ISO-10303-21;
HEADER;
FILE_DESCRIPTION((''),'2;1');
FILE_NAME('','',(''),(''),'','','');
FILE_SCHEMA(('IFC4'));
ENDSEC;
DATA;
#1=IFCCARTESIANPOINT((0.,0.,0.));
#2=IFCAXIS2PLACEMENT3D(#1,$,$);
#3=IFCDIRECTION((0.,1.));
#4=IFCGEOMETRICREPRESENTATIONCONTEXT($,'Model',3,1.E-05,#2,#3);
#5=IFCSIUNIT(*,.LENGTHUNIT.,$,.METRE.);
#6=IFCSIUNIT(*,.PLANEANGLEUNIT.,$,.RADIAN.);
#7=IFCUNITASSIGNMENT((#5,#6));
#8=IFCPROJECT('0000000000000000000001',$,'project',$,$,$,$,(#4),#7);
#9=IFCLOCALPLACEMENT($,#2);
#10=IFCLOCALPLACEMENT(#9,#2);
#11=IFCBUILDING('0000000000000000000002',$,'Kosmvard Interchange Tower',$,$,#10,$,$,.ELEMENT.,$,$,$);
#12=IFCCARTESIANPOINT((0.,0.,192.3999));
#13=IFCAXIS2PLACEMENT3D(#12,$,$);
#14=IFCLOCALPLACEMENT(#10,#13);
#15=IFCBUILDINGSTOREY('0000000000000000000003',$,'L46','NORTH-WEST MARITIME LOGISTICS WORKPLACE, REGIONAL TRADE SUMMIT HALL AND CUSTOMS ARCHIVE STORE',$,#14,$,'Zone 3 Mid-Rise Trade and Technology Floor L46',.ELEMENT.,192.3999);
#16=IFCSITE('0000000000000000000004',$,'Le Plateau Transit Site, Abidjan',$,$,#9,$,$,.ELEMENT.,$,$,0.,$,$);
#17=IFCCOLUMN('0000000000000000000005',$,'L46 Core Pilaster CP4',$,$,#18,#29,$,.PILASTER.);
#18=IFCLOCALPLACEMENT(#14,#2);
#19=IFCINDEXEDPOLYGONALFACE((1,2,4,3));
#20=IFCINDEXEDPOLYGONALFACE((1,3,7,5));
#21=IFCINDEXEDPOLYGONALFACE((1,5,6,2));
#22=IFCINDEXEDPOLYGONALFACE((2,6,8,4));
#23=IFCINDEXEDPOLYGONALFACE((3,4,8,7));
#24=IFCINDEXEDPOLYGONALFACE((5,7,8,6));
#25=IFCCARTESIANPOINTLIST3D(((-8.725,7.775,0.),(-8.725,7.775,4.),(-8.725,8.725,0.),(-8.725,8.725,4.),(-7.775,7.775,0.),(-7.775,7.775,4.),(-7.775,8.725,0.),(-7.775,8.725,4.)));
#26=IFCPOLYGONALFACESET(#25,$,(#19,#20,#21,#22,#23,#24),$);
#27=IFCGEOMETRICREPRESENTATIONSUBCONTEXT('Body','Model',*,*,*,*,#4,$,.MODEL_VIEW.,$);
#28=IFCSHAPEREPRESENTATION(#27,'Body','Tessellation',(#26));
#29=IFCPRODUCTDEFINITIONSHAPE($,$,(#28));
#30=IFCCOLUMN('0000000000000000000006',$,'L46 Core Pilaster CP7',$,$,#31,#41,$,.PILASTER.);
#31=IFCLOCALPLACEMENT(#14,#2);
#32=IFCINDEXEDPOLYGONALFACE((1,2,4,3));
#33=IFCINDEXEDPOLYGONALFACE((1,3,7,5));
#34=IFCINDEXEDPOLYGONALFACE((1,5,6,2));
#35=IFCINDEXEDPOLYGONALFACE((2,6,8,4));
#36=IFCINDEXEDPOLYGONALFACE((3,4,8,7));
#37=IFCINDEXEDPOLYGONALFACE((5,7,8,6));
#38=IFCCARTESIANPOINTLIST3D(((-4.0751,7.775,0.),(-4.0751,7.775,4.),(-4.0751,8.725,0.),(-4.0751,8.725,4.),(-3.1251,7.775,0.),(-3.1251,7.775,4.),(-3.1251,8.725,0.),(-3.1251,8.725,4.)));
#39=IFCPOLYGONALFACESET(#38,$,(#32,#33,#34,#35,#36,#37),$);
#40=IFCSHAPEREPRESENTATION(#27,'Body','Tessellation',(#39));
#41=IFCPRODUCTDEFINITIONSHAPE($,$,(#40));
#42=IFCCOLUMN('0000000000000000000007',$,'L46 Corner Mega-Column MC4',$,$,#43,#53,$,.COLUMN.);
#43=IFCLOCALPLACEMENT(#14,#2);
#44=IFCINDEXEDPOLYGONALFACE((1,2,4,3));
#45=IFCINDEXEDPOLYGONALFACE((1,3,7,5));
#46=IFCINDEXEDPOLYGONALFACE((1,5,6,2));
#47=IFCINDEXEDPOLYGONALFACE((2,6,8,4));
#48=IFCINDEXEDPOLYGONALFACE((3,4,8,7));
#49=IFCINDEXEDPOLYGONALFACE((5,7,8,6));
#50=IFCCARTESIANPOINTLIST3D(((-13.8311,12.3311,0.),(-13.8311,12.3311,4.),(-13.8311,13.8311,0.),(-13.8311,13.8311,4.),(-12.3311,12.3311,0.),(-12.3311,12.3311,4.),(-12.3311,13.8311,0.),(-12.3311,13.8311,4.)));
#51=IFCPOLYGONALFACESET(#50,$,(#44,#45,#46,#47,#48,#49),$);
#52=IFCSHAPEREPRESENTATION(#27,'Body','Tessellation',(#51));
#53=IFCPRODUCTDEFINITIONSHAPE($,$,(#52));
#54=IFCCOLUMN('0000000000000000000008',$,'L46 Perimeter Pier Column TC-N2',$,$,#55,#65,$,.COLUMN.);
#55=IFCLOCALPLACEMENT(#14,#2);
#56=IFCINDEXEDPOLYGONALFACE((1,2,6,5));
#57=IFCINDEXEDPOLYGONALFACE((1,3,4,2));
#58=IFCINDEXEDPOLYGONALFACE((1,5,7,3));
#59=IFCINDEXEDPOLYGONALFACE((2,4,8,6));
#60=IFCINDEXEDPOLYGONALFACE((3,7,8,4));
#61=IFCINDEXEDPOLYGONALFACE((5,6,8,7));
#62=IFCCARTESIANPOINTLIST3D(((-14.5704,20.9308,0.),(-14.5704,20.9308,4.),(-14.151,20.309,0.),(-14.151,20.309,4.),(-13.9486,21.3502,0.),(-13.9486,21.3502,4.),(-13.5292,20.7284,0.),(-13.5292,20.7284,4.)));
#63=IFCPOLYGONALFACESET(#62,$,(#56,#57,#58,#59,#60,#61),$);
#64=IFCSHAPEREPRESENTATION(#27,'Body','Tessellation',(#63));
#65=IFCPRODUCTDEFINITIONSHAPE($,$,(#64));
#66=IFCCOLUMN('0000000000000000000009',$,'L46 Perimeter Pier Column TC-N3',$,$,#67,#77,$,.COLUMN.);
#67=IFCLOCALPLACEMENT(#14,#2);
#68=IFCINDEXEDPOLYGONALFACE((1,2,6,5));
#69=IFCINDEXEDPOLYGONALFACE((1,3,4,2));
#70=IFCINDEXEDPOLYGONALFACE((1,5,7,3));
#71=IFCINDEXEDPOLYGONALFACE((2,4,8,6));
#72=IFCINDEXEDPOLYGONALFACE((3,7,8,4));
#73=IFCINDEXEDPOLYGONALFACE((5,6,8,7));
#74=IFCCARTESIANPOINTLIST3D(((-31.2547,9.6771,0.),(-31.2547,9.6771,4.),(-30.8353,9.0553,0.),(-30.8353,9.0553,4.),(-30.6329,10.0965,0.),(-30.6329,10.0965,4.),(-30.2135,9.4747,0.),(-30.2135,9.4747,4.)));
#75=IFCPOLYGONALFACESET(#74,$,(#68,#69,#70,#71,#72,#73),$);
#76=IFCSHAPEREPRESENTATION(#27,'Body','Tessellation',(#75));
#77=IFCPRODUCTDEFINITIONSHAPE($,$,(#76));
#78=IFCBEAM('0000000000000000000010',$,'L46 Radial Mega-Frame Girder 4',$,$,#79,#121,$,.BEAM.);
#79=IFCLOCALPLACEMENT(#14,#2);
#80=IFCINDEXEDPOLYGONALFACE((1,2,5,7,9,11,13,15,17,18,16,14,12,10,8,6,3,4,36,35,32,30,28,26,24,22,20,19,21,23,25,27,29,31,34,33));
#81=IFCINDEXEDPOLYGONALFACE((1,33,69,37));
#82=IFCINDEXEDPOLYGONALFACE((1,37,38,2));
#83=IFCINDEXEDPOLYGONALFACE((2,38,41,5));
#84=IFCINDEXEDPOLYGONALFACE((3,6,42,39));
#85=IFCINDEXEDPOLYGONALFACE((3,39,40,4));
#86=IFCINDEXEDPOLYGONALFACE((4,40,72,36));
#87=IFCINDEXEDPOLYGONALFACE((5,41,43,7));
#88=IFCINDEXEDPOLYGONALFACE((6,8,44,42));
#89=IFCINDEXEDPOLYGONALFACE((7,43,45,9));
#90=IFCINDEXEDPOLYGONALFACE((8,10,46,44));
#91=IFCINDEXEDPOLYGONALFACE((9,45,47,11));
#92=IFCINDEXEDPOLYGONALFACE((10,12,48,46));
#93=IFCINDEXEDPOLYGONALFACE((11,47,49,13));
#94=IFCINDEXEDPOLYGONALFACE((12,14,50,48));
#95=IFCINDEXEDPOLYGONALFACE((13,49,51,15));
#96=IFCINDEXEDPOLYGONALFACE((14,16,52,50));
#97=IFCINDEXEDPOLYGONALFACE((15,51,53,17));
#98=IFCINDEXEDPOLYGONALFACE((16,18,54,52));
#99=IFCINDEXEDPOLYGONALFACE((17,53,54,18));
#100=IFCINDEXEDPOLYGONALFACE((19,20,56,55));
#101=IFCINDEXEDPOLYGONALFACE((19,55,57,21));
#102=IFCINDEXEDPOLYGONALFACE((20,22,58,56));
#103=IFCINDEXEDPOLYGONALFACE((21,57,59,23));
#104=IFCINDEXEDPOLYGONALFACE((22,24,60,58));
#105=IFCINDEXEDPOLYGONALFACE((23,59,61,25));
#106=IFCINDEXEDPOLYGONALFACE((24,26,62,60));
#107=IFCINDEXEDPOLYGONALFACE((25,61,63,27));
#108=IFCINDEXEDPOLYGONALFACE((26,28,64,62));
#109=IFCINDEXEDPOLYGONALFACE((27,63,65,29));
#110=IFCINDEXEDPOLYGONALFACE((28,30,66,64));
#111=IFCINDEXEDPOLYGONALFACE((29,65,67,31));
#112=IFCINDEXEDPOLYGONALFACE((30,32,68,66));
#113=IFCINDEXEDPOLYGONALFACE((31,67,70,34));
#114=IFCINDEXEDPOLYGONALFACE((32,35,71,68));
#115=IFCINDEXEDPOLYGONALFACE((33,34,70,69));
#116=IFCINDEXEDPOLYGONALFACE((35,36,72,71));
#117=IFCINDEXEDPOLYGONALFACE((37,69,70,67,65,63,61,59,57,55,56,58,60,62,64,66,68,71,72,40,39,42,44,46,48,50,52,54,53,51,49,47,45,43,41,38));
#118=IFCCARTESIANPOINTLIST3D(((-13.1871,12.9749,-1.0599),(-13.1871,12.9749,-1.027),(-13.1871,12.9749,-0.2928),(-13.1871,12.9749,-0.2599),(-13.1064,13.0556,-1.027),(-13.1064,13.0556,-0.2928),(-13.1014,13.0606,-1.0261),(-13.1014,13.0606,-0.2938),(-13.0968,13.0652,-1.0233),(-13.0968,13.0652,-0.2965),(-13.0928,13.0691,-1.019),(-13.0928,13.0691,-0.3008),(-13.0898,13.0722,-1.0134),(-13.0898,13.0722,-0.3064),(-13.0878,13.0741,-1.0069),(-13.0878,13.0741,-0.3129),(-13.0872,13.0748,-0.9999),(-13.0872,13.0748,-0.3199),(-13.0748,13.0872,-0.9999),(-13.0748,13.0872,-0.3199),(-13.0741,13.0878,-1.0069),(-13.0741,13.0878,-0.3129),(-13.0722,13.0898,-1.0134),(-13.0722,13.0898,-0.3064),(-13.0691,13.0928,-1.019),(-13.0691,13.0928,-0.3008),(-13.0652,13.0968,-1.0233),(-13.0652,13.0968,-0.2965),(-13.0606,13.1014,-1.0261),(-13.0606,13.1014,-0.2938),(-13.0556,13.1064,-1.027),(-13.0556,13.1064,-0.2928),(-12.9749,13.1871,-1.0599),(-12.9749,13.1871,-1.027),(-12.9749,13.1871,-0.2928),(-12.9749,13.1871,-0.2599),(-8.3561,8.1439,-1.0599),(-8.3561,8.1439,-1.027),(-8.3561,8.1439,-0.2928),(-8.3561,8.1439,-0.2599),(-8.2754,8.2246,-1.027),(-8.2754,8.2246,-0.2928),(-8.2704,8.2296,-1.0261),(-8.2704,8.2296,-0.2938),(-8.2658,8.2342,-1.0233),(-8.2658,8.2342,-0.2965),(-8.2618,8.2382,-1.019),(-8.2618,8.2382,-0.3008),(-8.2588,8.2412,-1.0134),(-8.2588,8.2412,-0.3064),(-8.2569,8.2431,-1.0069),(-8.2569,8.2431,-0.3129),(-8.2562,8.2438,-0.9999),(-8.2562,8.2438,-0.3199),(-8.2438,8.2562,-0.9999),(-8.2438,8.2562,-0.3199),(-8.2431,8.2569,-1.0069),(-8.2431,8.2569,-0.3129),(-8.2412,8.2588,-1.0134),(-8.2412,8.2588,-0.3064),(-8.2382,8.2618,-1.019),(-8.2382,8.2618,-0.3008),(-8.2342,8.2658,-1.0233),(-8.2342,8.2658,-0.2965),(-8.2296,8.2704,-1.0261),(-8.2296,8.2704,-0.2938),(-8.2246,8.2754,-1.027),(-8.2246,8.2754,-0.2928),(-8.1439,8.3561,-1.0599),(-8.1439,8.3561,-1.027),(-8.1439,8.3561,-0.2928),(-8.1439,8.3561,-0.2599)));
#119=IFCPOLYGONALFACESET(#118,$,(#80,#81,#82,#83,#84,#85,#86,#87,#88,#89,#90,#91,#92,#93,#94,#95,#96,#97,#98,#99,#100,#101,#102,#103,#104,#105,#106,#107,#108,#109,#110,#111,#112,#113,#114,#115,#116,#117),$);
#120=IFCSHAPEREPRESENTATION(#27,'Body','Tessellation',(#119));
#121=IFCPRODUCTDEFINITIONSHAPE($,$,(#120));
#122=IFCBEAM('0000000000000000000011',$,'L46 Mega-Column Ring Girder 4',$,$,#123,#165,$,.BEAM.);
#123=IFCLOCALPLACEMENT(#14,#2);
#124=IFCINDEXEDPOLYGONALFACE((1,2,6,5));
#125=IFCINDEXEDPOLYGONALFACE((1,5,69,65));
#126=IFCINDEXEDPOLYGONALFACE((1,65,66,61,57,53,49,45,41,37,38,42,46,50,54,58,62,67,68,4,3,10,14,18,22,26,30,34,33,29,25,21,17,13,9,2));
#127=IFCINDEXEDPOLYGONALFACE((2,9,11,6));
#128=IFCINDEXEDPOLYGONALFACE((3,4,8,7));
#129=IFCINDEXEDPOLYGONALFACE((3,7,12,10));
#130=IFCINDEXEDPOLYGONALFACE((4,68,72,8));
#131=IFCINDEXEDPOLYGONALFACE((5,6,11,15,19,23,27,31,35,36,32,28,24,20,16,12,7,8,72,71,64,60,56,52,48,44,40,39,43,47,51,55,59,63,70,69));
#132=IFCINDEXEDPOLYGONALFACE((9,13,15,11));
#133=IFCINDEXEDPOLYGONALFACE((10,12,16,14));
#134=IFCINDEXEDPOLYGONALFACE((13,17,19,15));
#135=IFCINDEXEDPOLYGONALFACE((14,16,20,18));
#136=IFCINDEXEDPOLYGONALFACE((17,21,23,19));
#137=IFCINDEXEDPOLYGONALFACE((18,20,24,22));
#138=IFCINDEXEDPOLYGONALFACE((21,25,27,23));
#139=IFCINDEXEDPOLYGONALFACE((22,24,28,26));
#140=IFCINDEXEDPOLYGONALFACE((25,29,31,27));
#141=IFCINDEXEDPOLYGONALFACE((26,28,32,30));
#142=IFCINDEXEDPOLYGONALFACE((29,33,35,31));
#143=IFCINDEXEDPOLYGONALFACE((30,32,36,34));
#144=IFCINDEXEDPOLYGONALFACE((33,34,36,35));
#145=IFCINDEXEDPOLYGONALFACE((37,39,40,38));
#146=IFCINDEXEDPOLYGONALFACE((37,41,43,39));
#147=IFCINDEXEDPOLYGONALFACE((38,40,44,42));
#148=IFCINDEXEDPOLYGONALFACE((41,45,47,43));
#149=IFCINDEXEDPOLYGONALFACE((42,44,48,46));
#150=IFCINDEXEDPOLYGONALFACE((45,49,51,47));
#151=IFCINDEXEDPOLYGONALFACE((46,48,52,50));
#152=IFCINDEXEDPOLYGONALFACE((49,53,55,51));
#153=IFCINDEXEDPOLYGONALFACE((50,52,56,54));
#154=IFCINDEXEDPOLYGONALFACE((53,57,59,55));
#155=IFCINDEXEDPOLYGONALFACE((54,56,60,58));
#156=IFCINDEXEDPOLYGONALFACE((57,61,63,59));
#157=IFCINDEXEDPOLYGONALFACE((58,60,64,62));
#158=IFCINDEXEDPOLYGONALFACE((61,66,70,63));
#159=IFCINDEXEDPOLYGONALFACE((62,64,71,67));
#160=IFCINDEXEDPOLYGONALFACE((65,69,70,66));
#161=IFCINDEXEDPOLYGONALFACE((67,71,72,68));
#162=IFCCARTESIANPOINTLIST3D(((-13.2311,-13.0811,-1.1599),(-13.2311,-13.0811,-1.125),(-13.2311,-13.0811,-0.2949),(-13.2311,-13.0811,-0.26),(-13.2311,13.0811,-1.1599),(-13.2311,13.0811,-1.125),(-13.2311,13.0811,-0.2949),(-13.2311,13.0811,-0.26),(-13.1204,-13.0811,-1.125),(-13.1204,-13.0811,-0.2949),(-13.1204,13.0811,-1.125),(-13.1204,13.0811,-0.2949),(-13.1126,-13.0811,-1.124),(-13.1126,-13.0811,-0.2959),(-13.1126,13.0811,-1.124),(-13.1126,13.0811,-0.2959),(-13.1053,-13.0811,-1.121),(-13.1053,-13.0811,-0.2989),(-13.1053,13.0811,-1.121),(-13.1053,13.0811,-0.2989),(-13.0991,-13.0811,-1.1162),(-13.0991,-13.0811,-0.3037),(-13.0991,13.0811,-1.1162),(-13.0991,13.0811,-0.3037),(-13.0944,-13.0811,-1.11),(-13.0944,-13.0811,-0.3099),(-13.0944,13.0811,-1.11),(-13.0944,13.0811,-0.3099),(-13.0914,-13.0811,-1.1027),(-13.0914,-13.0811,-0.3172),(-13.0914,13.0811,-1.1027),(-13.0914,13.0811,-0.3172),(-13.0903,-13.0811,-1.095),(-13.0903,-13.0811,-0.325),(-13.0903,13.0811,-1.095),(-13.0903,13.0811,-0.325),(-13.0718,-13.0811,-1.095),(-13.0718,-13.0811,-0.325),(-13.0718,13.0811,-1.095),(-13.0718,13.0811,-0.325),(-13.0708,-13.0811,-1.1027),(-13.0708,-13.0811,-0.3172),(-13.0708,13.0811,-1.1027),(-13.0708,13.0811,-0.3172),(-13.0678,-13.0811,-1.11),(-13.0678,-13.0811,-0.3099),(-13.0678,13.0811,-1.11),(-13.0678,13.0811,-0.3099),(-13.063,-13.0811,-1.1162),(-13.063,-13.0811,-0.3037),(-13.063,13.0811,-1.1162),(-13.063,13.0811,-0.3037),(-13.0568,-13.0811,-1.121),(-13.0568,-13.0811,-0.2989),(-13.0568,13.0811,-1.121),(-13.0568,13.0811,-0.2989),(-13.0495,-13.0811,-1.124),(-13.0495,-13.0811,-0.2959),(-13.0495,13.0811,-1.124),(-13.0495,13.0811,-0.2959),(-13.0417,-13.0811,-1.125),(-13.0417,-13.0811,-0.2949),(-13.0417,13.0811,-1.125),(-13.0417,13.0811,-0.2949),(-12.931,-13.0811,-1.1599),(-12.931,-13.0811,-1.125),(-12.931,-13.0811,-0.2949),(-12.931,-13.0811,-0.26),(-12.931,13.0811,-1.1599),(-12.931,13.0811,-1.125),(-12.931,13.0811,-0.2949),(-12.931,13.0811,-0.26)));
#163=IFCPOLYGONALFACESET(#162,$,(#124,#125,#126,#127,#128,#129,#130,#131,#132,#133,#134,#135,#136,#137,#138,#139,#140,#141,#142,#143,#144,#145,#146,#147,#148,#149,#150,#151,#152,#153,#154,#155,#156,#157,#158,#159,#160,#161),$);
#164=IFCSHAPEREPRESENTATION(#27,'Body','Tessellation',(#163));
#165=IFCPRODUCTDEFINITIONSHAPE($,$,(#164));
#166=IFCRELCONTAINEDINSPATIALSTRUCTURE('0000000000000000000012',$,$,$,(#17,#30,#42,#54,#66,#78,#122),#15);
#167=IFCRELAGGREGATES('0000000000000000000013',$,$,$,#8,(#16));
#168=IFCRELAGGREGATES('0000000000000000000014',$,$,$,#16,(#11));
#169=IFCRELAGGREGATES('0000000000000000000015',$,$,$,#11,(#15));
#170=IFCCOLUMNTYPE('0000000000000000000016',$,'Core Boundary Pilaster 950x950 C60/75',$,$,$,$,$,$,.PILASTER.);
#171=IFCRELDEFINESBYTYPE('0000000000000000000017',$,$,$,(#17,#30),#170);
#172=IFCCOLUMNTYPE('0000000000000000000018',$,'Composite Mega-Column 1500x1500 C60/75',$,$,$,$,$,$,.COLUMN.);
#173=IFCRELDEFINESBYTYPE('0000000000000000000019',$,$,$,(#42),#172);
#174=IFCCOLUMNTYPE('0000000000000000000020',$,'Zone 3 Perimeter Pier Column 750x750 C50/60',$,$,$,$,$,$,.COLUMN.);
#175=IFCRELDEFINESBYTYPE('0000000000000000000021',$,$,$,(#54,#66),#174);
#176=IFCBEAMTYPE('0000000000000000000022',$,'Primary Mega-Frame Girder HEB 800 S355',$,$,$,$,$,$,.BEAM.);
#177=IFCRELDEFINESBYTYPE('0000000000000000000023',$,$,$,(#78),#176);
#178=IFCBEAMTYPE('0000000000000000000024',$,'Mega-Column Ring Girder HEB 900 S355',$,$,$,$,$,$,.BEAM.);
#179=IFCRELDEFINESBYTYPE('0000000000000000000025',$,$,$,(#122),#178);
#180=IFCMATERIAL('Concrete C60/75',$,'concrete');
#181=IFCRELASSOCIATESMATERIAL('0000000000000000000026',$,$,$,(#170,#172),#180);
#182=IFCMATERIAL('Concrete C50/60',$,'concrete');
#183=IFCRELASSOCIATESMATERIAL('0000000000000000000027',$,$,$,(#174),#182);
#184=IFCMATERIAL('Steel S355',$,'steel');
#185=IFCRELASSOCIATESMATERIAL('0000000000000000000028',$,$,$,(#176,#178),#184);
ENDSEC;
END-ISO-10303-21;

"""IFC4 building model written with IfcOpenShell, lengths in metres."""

from ifc_helpers import new_model, si_unit, direction, frame, origin, origin_2d, place, context, subcontext, project, spatial, rectangle, i_section, extrude, source, transform, mapped, material, material_profile, profile_set, type_object, element, save


model = new_model("IFC4")

# Units and contexts
model_context = context("Model", 3, precision=1e-05, world=origin(), true_north=direction((0.0, 1.0)))
body_context = subcontext(model_context, "Body", "Model", "MODEL_VIEW")
ifc_project = project(units=[si_unit("LENGTHUNIT", "METRE"), si_unit("PLANEANGLEUNIT", "RADIAN")], contexts=[model_context])

# Site, building, storey
site_placement = place(None, origin())
site = spatial("IfcSite", under=ifc_project, at=site_placement, Name="Le Plateau Transit Site, Abidjan", CompositionType="ELEMENT", RefElevation=0.0)
building_placement = place(site_placement, origin())
building = spatial("IfcBuilding", under=site, at=building_placement, Name="Kosmvard Interchange Tower", CompositionType="ELEMENT")
storey_placement = place(building_placement, frame((0.0, 0.0, 192.3999)))
storey = spatial("IfcBuildingStorey", under=building, at=storey_placement, Name="L46", Description="NORTH-WEST MARITIME LOGISTICS WORKPLACE, REGIONAL TRADE SUMMIT HALL AND CUSTOMS ARCHIVE STORE", LongName="Zone 3 Mid-Rise Trade and Technology Floor L46", CompositionType="ELEMENT", Elevation=192.3999)

# Columns
ifc_material_1 = material(Name="Concrete C60/75", Category="concrete")
ifc_material_profile_1 = material_profile(ifc_material_1, rectangle(XDim=0.95, YDim=0.95, at=origin_2d()), Name="CP 950x950")
ifc_profile_set_1 = profile_set([ifc_material_profile_1], Name="Concrete C60/75")
column_type_1 = type_object("IfcColumnType", Name="Core Boundary Pilaster 950x950 C60/75", PredefinedType="PILASTER", material=ifc_profile_set_1)
shared_shape_1 = source(origin(), body_context, "Body", "SweptSolid", [
    extrude(rectangle(XDim=0.95, YDim=0.95, at=origin_2d()), origin(), (0.0, 0.0, 1.0), 4.0),
])
for number, where, z_axis, x_axis, name in (
    (1, (-8.25, 8.25, 0.0), (0.0, 0.0, 1.0), (1.0, 0.0, 0.0), "L46 Core Pilaster CP4"),
    (2, (-3.6001, 8.25, 0.0), (0.0, 0.0, 1.0), (1.0, 0.0, 0.0), "L46 Core Pilaster CP7"),
):
    element("IfcColumn", number, at=place(storey_placement, frame(where, z_axis=z_axis, x_axis=x_axis)), inside=storey, type_object=column_type_1, Name=name, PredefinedType="PILASTER", context=body_context, shape_type="MappedRepresentation", body=[
        mapped(shared_shape_1, transform((0.0, 0.0, 0.0), scale=1.0)),
    ])
ifc_material_profile_2 = material_profile(ifc_material_1, rectangle(XDim=1.5, YDim=1.5, at=origin_2d()), Name="MC 1500x1500")
ifc_profile_set_2 = profile_set([ifc_material_profile_2], Name="Concrete C60/75")
column_type_2 = type_object("IfcColumnType", Name="Composite Mega-Column 1500x1500 C60/75", PredefinedType="COLUMN", material=ifc_profile_set_2)
shared_shape_2 = source(origin(), body_context, "Body", "SweptSolid", [
    extrude(rectangle(XDim=1.5, YDim=1.5, at=origin_2d()), origin(), (0.0, 0.0, 1.0), 4.0),
])
column_placement = place(storey_placement, frame((-13.0811, 13.0811, 0.0), z_axis=(0.0, 0.0, 1.0), x_axis=(1.0, 0.0, 0.0)))
element("IfcColumn", 3, at=column_placement, inside=storey, type_object=column_type_2, Name="L46 Corner Mega-Column MC4", PredefinedType="COLUMN", context=body_context, shape_type="MappedRepresentation", body=[
    mapped(shared_shape_2, transform((0.0, 0.0, 0.0), scale=1.0)),
])
ifc_material_2 = material(Name="Concrete C50/60", Category="concrete")
ifc_material_profile_3 = material_profile(ifc_material_2, rectangle(XDim=0.75, YDim=0.75, at=origin_2d()), Name="TC 750x750")
ifc_profile_set_3 = profile_set([ifc_material_profile_3], Name="Concrete C50/60")
column_type_3 = type_object("IfcColumnType", Name="Zone 3 Perimeter Pier Column 750x750 C50/60", PredefinedType="COLUMN", material=ifc_profile_set_3)
shared_shape_3 = source(origin(), body_context, "Body", "SweptSolid", [
    extrude(rectangle(XDim=0.75, YDim=0.75, at=origin_2d()), origin(), (0.0, 0.0, 1.0), 4.0),
])
for number, where, z_axis, x_axis, name in (
    (4, (-14.0498, 20.8296, 0.0), (0.0, 0.0, 1.0), (0.829038, 0.559193, 0.0), "L46 Perimeter Pier Column TC-N2"),
    (5, (-30.7341, 9.5759, 0.0), (0.0, 0.0, 1.0), (0.829038, 0.559193, 0.0), "L46 Perimeter Pier Column TC-N3"),
):
    element("IfcColumn", number, at=place(storey_placement, frame(where, z_axis=z_axis, x_axis=x_axis)), inside=storey, type_object=column_type_3, Name=name, PredefinedType="COLUMN", context=body_context, shape_type="MappedRepresentation", body=[
        mapped(shared_shape_3, transform((0.0, 0.0, 0.0), scale=1.0)),
    ])

# Beams
ifc_material_3 = material(Name="Steel S355", Category="steel")
ifc_material_profile_4 = material_profile(ifc_material_3, i_section(OverallWidth=0.3, OverallDepth=0.8, WebThickness=0.0176, FlangeThickness=0.033, FilletRadius=0.0271, at=origin_2d()), Name="HEB 800")
ifc_profile_set_4 = profile_set([ifc_material_profile_4], Name="Steel S355")
beam_type_1 = type_object("IfcBeamType", Name="Primary Mega-Frame Girder HEB 800 S355", PredefinedType="BEAM", material=ifc_profile_set_4)
shared_shape_4 = source(origin(), body_context, "Body", "SweptSolid", [
    extrude(i_section(OverallWidth=0.3, OverallDepth=0.8, WebThickness=0.0176, FlangeThickness=0.033, FilletRadius=0.0271, at=origin_2d()), origin(), (0.0, 0.0, 1.0), 6.832),
])
beam_1_placement = place(storey_placement, frame((-8.25, 8.25, -0.6599), z_axis=(-0.707107, 0.707107, 0.0), x_axis=(-0.707107, -0.707107, 0.0)))
element("IfcBeam", 6, at=beam_1_placement, inside=storey, type_object=beam_type_1, Name="L46 Radial Mega-Frame Girder 4", PredefinedType="BEAM", context=body_context, shape_type="MappedRepresentation", body=[
    mapped(shared_shape_4, transform((0.0, 0.0, 0.0), scale=1.0)),
])
ifc_material_profile_5 = material_profile(ifc_material_3, i_section(OverallWidth=0.3, OverallDepth=0.8999, WebThickness=0.0186, FlangeThickness=0.0349, FilletRadius=0.03, at=origin_2d()), Name="HEB 900")
ifc_profile_set_5 = profile_set([ifc_material_profile_5], Name="Steel S355")
beam_type_2 = type_object("IfcBeamType", Name="Mega-Column Ring Girder HEB 900 S355", PredefinedType="BEAM", material=ifc_profile_set_5)
shared_shape_5 = source(origin(), body_context, "Body", "SweptSolid", [
    extrude(i_section(OverallWidth=0.3, OverallDepth=0.8999, WebThickness=0.0186, FlangeThickness=0.0349, FilletRadius=0.03, at=origin_2d()), origin(), (0.0, 0.0, 1.0), 26.1621),
])
beam_2_placement = place(storey_placement, frame((-13.0811, 13.0811, -0.71), z_axis=(0.0, -1.0, 0.0), x_axis=(1.0, 0.0, 0.0)))
element("IfcBeam", 7, at=beam_2_placement, inside=storey, type_object=beam_type_2, Name="L46 Mega-Column Ring Girder 4", PredefinedType="BEAM", context=body_context, shape_type="MappedRepresentation", body=[
    mapped(shared_shape_5, transform((0.0, 0.0, 0.0), scale=1.0)),
])

save(model, "model.ifc")
